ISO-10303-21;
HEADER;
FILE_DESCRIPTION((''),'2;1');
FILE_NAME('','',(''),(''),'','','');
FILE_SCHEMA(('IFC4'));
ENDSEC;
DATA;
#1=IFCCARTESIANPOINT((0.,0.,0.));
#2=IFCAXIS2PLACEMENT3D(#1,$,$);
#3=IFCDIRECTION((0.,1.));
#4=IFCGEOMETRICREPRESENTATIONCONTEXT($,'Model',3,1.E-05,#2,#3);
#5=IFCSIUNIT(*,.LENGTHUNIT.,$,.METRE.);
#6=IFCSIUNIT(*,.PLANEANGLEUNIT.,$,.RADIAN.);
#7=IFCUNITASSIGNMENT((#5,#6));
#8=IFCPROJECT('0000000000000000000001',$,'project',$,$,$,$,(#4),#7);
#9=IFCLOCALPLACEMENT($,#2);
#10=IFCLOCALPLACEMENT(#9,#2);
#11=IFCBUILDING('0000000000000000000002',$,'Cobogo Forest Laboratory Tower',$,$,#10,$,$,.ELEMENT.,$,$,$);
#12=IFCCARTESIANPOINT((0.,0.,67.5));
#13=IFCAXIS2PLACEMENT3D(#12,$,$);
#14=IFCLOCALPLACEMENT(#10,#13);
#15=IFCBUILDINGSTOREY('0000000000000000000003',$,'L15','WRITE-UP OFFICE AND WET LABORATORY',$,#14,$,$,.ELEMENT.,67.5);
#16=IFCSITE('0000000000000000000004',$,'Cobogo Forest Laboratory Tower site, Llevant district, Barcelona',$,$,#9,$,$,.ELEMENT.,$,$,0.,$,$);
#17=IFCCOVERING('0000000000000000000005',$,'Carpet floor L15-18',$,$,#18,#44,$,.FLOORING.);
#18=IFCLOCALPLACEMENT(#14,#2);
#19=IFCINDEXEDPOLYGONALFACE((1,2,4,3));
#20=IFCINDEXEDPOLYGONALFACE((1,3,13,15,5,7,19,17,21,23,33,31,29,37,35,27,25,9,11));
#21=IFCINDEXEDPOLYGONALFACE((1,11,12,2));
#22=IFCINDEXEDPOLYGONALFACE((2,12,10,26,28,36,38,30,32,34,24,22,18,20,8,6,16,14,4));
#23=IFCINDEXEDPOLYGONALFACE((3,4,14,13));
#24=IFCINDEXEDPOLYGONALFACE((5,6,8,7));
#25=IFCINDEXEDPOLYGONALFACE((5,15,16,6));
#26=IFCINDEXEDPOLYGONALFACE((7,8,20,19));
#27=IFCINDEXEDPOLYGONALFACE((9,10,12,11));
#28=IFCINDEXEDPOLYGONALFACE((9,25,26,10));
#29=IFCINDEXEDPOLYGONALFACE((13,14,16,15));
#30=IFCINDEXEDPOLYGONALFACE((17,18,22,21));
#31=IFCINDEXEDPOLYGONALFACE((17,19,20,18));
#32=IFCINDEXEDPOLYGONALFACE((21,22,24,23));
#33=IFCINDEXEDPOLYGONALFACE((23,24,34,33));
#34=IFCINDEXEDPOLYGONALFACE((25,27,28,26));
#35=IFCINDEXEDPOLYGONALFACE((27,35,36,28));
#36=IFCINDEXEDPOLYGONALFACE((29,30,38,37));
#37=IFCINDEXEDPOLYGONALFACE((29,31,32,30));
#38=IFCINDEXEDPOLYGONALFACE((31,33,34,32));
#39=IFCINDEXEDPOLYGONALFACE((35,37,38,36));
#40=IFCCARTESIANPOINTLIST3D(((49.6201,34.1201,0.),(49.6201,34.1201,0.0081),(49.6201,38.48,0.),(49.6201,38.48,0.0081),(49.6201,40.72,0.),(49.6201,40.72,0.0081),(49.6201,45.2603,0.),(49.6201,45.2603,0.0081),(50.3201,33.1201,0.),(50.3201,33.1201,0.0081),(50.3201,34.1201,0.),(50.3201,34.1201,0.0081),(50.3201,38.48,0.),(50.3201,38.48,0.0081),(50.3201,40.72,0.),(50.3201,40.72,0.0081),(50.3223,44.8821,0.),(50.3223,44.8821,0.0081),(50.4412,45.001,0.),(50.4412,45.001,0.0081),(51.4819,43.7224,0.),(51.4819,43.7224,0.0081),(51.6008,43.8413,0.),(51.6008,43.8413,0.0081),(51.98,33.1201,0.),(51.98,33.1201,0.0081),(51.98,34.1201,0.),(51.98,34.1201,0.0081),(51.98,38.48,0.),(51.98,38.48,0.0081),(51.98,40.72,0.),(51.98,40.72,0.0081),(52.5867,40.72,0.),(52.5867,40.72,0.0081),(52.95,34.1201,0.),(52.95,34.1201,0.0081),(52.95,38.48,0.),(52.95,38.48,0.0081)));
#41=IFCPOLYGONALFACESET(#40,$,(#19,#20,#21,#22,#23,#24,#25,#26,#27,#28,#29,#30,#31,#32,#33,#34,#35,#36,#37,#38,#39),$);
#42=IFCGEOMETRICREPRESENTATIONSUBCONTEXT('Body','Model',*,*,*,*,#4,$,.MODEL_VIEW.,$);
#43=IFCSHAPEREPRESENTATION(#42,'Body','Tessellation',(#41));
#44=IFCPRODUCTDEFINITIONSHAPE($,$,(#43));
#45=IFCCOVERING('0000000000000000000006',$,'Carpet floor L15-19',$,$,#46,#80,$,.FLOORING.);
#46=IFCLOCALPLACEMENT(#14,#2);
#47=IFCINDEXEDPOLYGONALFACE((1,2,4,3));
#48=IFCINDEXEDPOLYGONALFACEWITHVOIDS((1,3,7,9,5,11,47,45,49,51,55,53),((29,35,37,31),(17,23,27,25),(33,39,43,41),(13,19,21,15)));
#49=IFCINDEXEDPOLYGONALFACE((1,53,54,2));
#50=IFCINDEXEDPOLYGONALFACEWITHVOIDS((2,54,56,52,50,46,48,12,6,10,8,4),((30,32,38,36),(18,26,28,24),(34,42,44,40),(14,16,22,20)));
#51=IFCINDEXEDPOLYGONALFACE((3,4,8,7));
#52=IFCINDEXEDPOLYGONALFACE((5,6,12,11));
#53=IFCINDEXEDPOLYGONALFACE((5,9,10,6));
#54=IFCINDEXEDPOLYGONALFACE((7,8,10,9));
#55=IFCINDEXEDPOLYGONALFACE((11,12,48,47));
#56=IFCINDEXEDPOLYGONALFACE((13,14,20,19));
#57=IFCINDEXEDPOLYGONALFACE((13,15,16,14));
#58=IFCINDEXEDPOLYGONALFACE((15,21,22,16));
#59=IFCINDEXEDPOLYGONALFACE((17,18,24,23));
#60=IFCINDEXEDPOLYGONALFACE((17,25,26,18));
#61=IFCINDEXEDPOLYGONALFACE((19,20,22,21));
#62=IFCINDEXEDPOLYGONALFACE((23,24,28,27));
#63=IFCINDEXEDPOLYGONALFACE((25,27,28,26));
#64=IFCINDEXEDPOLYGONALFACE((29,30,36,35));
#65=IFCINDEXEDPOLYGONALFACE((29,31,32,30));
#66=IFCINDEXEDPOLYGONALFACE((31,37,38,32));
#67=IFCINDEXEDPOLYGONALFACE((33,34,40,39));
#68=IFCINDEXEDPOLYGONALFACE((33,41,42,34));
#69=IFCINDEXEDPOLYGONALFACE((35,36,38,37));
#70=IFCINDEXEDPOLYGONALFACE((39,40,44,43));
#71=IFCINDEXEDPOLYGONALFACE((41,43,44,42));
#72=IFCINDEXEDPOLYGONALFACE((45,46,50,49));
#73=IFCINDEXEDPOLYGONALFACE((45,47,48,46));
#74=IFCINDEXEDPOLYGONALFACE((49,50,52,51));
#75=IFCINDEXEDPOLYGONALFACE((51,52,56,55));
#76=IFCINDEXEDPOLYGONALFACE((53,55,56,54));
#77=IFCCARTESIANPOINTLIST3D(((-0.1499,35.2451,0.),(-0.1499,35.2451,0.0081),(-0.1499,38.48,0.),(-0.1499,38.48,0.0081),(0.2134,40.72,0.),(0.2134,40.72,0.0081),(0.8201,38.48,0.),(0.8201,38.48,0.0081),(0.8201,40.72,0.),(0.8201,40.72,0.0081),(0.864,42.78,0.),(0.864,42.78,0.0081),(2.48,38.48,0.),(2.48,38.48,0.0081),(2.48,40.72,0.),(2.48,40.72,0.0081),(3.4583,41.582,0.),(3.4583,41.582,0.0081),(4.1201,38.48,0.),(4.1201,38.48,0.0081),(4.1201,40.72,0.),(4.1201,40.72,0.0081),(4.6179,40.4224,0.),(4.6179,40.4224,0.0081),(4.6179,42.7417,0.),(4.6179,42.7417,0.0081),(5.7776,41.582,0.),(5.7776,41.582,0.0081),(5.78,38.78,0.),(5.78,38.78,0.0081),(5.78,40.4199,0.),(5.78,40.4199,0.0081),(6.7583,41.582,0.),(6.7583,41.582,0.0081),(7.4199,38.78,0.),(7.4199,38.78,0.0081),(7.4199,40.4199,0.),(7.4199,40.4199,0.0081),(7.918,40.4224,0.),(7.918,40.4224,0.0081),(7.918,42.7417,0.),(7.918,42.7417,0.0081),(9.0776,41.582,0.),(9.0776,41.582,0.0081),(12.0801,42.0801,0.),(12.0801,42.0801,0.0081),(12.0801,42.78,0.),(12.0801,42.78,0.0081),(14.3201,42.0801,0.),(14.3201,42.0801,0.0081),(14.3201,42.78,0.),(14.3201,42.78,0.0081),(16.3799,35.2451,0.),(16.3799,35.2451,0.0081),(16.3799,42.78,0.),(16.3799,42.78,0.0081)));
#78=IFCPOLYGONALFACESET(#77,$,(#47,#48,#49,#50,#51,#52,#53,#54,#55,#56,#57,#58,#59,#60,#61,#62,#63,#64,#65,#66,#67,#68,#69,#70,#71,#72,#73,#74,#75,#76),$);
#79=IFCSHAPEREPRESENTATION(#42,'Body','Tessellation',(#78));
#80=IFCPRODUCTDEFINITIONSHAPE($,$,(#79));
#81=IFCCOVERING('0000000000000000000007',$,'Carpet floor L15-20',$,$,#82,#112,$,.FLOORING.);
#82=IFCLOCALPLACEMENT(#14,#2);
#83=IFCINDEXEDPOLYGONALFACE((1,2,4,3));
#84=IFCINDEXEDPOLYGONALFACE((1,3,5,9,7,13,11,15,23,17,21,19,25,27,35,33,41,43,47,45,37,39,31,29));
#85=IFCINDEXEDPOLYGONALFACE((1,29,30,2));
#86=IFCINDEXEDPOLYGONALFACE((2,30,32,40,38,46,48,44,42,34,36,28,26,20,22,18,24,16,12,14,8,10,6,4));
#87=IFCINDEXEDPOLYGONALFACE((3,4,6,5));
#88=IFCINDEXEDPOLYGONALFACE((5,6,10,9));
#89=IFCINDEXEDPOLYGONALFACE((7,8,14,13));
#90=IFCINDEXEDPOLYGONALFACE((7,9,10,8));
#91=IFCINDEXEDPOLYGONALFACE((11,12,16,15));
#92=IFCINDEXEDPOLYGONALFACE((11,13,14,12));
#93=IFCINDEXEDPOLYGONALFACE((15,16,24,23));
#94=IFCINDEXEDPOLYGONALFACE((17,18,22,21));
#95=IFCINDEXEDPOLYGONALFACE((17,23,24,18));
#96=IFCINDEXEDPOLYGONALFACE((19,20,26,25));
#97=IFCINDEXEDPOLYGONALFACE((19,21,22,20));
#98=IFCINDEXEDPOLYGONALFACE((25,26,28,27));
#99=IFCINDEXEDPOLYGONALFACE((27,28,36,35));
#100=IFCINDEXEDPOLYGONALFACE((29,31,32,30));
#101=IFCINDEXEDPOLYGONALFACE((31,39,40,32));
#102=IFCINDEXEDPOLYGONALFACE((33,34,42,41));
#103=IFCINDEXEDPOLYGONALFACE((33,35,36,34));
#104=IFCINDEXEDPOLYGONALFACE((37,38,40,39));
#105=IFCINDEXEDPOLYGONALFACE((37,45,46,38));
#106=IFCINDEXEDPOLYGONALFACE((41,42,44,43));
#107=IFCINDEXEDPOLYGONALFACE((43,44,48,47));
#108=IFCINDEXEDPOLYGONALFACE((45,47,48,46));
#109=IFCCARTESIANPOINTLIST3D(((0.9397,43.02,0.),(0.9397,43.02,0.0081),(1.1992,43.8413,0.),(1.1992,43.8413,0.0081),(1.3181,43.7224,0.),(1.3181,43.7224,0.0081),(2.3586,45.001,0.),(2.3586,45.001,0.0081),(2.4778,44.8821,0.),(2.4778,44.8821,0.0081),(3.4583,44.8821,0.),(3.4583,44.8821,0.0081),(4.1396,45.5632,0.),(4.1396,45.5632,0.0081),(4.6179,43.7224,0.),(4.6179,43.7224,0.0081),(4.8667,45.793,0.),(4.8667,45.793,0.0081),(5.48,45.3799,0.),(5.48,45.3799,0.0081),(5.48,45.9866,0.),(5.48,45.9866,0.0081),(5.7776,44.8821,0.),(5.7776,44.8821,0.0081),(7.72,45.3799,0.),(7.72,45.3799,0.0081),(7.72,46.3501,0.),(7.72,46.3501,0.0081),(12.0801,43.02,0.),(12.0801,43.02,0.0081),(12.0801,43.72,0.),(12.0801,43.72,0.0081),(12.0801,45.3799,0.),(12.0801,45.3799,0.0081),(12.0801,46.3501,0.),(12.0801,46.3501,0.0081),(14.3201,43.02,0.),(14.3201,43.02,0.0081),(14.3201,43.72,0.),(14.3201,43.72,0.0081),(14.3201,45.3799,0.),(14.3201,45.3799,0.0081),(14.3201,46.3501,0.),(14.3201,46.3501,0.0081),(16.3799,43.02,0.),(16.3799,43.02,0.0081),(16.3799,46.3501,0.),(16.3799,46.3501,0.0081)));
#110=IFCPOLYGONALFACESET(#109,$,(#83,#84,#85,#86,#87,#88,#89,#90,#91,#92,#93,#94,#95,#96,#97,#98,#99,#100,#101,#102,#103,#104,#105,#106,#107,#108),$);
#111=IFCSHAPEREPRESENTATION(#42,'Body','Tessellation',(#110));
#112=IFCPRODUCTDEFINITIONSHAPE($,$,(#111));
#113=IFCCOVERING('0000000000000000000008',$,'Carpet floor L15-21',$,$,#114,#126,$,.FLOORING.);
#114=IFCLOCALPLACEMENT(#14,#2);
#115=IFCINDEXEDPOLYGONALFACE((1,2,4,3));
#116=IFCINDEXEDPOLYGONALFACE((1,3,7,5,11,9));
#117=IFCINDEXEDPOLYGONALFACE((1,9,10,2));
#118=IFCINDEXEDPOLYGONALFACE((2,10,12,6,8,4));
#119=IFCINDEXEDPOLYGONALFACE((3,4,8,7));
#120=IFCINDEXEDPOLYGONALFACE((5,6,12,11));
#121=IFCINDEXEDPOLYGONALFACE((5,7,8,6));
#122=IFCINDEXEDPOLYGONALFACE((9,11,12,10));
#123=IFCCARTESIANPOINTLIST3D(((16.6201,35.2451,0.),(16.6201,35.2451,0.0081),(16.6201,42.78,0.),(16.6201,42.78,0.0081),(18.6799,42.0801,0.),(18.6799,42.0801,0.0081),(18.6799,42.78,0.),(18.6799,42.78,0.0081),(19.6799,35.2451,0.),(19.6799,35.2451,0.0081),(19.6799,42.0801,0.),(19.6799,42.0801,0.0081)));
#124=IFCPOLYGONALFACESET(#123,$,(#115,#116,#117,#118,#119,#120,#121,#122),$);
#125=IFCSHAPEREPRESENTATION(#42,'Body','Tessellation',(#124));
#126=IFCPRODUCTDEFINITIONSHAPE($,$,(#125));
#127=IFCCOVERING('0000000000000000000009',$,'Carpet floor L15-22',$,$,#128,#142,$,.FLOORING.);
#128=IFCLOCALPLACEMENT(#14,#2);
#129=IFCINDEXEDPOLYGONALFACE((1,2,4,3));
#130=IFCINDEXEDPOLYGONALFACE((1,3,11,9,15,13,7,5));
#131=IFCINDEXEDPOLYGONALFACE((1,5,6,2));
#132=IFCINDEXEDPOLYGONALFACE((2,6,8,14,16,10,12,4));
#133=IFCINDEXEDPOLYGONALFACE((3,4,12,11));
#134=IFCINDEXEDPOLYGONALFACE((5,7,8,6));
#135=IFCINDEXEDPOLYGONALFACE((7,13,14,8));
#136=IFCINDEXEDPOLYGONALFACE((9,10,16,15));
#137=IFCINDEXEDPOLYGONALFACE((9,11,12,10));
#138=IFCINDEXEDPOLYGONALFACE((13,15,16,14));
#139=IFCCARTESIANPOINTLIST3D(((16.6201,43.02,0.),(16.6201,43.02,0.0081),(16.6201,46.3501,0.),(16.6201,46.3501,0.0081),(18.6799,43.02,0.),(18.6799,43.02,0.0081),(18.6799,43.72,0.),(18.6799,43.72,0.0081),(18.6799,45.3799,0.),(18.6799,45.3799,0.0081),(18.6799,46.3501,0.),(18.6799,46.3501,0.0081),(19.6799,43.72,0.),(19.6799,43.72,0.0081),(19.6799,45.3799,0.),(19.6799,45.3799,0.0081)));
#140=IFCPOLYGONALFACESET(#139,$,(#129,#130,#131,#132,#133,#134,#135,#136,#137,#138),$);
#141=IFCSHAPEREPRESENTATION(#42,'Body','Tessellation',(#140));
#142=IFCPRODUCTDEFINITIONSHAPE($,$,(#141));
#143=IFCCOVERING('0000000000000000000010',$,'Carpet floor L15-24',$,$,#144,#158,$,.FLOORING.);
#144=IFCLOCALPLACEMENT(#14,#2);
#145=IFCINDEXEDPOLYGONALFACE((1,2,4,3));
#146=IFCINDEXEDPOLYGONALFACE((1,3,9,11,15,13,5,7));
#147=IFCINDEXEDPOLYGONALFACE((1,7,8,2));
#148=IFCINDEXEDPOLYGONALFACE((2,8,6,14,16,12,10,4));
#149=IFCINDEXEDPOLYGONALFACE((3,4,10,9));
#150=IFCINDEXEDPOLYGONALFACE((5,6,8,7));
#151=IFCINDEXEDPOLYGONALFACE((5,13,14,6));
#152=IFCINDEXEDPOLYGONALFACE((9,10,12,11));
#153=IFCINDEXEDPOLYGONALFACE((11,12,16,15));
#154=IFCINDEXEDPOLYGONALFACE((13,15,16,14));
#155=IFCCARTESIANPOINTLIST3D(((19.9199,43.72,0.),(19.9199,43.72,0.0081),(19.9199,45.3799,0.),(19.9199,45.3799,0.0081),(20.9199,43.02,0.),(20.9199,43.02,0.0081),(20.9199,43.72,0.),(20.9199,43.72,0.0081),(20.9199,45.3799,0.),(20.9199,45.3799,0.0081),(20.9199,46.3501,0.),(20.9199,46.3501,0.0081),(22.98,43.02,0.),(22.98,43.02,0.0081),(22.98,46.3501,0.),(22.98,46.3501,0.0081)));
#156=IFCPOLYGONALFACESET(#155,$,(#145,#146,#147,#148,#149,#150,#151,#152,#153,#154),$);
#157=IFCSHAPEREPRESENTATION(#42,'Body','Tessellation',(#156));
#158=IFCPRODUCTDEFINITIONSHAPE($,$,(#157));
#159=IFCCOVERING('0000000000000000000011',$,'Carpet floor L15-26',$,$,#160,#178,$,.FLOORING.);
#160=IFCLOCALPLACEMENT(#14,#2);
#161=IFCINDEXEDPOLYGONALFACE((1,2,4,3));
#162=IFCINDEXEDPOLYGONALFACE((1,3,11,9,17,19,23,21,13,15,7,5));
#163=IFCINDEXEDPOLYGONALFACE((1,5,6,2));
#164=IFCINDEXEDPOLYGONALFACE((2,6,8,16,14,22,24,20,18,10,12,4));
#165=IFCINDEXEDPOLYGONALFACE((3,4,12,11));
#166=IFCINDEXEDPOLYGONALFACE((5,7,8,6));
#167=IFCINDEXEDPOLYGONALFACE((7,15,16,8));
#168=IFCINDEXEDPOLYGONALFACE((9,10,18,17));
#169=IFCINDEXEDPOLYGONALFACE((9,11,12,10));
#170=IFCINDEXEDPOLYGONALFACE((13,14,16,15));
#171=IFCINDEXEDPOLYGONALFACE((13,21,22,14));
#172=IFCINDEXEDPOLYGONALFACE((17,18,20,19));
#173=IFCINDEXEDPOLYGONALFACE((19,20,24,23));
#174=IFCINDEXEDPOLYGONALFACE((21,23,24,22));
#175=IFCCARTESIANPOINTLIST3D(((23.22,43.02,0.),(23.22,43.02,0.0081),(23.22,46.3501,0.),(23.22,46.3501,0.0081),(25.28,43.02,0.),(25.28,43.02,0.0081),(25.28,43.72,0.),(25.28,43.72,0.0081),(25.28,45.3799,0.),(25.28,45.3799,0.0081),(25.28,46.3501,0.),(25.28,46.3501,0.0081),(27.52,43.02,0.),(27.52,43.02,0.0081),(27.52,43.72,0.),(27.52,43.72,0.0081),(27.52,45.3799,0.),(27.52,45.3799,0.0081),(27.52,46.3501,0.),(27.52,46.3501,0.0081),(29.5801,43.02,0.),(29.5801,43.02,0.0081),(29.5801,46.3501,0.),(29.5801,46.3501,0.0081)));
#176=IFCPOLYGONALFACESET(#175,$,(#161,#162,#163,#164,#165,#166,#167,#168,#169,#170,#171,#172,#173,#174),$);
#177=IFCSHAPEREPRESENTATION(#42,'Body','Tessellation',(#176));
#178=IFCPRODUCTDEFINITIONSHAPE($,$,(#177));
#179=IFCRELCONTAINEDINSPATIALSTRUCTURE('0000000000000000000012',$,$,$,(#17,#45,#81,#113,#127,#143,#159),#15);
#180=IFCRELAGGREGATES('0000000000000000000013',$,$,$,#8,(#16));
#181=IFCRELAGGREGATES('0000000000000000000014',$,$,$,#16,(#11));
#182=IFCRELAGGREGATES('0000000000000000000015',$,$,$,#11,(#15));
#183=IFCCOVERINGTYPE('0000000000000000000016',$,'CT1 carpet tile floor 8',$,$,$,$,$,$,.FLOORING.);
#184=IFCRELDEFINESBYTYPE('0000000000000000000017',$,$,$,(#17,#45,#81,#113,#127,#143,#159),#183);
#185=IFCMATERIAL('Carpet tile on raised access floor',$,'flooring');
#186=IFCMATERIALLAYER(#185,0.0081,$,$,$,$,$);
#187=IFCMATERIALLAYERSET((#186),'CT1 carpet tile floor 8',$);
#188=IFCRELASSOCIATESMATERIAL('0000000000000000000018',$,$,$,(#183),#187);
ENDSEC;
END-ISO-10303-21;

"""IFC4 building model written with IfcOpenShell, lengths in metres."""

from ifc_helpers import new_model, si_unit, direction, frame, origin, place, context, subcontext, project, spatial, polyline, outline, extrude, material, layer, layer_set, type_object, element, save


model = new_model("IFC4")

# Units and contexts
model_context = context("Model", 3, precision=1e-05, world=origin(), true_north=direction((0.0, 1.0)))
body_context = subcontext(model_context, "Body", "Model", "MODEL_VIEW")
ifc_project = project(units=[si_unit("LENGTHUNIT", "METRE"), si_unit("PLANEANGLEUNIT", "RADIAN")], contexts=[model_context])

# Site, building, storey
site_placement = place(None, origin())
site = spatial("IfcSite", under=ifc_project, at=site_placement, Name="Cobogo Forest Laboratory Tower site, Llevant district, Barcelona", CompositionType="ELEMENT", RefElevation=0.0)
building_placement = place(site_placement, origin())
building = spatial("IfcBuilding", under=site, at=building_placement, Name="Cobogo Forest Laboratory Tower", CompositionType="ELEMENT")
storey_placement = place(building_placement, frame((0.0, 0.0, 67.5)))
storey = spatial("IfcBuildingStorey", under=building, at=storey_placement, Name="L15", Description="WRITE-UP OFFICE AND WET LABORATORY", CompositionType="ELEMENT", Elevation=67.5)

# Coverings
ifc_material_1 = material(Name="Carpet tile on raised access floor", Category="flooring")
ifc_layer_1 = layer(ifc_material_1, 0.0081)
ifc_layer_set_1 = layer_set([ifc_layer_1], Name="CT1 carpet tile floor 8")
covering_type_1 = type_object("IfcCoveringType", Name="CT1 carpet tile floor 8", PredefinedType="FLOORING", material=ifc_layer_set_1)
covering_1_placement = place(storey_placement, origin())
element("IfcCovering", 1, at=covering_1_placement, inside=storey, type_object=covering_type_1, Name="Carpet floor L15-18", PredefinedType="FLOORING", context=body_context, shape_type="SweptSolid", body=[
    extrude(outline(polyline([(49.6201, 38.48), (50.3201, 38.48), (50.3201, 40.72), (49.6201, 40.72), (49.6201, 45.2603), (50.4412, 45.001), (50.3223, 44.8821), (51.4819, 43.7224), (51.6008, 43.8413), (52.5867, 40.72), (51.98, 40.72), (51.98, 38.48), (52.95, 38.48), (52.95, 34.1201), (51.98, 34.1201), (51.98, 33.1201), (50.3201, 33.1201), (50.3201, 34.1201), (49.6201, 34.1201), (49.6201, 38.48)])), origin(), (0.0, 0.0, 1.0), 0.0081),
])
covering_2_placement = place(storey_placement, origin())
element("IfcCovering", 2, at=covering_2_placement, inside=storey, type_object=covering_type_1, Name="Carpet floor L15-19", PredefinedType="FLOORING", context=body_context, shape_type="SweptSolid", body=[
    extrude(outline(polyline([(16.3799, 35.2451), (-0.1499, 35.2451), (-0.1499, 38.48), (0.8201, 38.48), (0.8201, 40.72), (0.2134, 40.72), (0.864, 42.78), (12.0801, 42.78), (12.0801, 42.0801), (14.3201, 42.0801), (14.3201, 42.78), (16.3799, 42.78), (16.3799, 35.2451)]), holes=[polyline([(6.7583, 41.582), (7.918, 40.4224), (9.0776, 41.582), (7.918, 42.7417), (6.7583, 41.582)]), polyline([(5.78, 40.4199), (5.78, 38.78), (7.4199, 38.78), (7.4199, 40.4199), (5.78, 40.4199)]), polyline([(3.4583, 41.582), (4.6179, 40.4224), (5.7776, 41.582), (4.6179, 42.7417), (3.4583, 41.582)]), polyline([(2.48, 38.48), (4.1201, 38.48), (4.1201, 40.72), (2.48, 40.72), (2.48, 38.48)])]), origin(), (0.0, 0.0, 1.0), 0.0081),
])
covering_3_placement = place(storey_placement, origin())
element("IfcCovering", 3, at=covering_3_placement, inside=storey, type_object=covering_type_1, Name="Carpet floor L15-20", PredefinedType="FLOORING", context=body_context, shape_type="SweptSolid", body=[
    extrude(outline(polyline([(14.3201, 43.02), (14.3201, 43.72), (12.0801, 43.72), (12.0801, 43.02), (0.9397, 43.02), (1.1992, 43.8413), (1.3181, 43.7224), (2.4778, 44.8821), (2.3586, 45.001), (4.1396, 45.5632), (3.4583, 44.8821), (4.6179, 43.7224), (5.7776, 44.8821), (4.8667, 45.793), (5.48, 45.9866), (5.48, 45.3799), (7.72, 45.3799), (7.72, 46.3501), (12.0801, 46.3501), (12.0801, 45.3799), (14.3201, 45.3799), (14.3201, 46.3501), (16.3799, 46.3501), (16.3799, 43.02), (14.3201, 43.02)])), origin(), (0.0, 0.0, 1.0), 0.0081),
])
covering_4_placement = place(storey_placement, origin())
element("IfcCovering", 4, at=covering_4_placement, inside=storey, type_object=covering_type_1, Name="Carpet floor L15-21", PredefinedType="FLOORING", context=body_context, shape_type="SweptSolid", body=[
    extrude(outline(polyline([(16.6201, 42.78), (18.6799, 42.78), (18.6799, 42.0801), (19.6799, 42.0801), (19.6799, 35.2451), (16.6201, 35.2451), (16.6201, 42.78)])), origin(), (0.0, 0.0, 1.0), 0.0081),
])
covering_5_placement = place(storey_placement, origin())
element("IfcCovering", 5, at=covering_5_placement, inside=storey, type_object=covering_type_1, Name="Carpet floor L15-22", PredefinedType="FLOORING", context=body_context, shape_type="SweptSolid", body=[
    extrude(outline(polyline([(16.6201, 43.02), (16.6201, 46.3501), (18.6799, 46.3501), (18.6799, 45.3799), (19.6799, 45.3799), (19.6799, 43.72), (18.6799, 43.72), (18.6799, 43.02), (16.6201, 43.02)])), origin(), (0.0, 0.0, 1.0), 0.0081),
])
covering_6_placement = place(storey_placement, origin())
element("IfcCovering", 6, at=covering_6_placement, inside=storey, type_object=covering_type_1, Name="Carpet floor L15-24", PredefinedType="FLOORING", context=body_context, shape_type="SweptSolid", body=[
    extrude(outline(polyline([(20.9199, 43.02), (20.9199, 43.72), (19.9199, 43.72), (19.9199, 45.3799), (20.9199, 45.3799), (20.9199, 46.3501), (22.98, 46.3501), (22.98, 43.02), (20.9199, 43.02)])), origin(), (0.0, 0.0, 1.0), 0.0081),
])
covering_7_placement = place(storey_placement, origin())
element("IfcCovering", 7, at=covering_7_placement, inside=storey, type_object=covering_type_1, Name="Carpet floor L15-26", PredefinedType="FLOORING", context=body_context, shape_type="SweptSolid", body=[
    extrude(outline(polyline([(27.52, 43.02), (27.52, 43.72), (25.28, 43.72), (25.28, 43.02), (23.22, 43.02), (23.22, 46.3501), (25.28, 46.3501), (25.28, 45.3799), (27.52, 45.3799), (27.52, 46.3501), (29.5801, 46.3501), (29.5801, 43.02), (27.52, 43.02)])), origin(), (0.0, 0.0, 1.0), 0.0081),
])

save(model, "model.ifc")
